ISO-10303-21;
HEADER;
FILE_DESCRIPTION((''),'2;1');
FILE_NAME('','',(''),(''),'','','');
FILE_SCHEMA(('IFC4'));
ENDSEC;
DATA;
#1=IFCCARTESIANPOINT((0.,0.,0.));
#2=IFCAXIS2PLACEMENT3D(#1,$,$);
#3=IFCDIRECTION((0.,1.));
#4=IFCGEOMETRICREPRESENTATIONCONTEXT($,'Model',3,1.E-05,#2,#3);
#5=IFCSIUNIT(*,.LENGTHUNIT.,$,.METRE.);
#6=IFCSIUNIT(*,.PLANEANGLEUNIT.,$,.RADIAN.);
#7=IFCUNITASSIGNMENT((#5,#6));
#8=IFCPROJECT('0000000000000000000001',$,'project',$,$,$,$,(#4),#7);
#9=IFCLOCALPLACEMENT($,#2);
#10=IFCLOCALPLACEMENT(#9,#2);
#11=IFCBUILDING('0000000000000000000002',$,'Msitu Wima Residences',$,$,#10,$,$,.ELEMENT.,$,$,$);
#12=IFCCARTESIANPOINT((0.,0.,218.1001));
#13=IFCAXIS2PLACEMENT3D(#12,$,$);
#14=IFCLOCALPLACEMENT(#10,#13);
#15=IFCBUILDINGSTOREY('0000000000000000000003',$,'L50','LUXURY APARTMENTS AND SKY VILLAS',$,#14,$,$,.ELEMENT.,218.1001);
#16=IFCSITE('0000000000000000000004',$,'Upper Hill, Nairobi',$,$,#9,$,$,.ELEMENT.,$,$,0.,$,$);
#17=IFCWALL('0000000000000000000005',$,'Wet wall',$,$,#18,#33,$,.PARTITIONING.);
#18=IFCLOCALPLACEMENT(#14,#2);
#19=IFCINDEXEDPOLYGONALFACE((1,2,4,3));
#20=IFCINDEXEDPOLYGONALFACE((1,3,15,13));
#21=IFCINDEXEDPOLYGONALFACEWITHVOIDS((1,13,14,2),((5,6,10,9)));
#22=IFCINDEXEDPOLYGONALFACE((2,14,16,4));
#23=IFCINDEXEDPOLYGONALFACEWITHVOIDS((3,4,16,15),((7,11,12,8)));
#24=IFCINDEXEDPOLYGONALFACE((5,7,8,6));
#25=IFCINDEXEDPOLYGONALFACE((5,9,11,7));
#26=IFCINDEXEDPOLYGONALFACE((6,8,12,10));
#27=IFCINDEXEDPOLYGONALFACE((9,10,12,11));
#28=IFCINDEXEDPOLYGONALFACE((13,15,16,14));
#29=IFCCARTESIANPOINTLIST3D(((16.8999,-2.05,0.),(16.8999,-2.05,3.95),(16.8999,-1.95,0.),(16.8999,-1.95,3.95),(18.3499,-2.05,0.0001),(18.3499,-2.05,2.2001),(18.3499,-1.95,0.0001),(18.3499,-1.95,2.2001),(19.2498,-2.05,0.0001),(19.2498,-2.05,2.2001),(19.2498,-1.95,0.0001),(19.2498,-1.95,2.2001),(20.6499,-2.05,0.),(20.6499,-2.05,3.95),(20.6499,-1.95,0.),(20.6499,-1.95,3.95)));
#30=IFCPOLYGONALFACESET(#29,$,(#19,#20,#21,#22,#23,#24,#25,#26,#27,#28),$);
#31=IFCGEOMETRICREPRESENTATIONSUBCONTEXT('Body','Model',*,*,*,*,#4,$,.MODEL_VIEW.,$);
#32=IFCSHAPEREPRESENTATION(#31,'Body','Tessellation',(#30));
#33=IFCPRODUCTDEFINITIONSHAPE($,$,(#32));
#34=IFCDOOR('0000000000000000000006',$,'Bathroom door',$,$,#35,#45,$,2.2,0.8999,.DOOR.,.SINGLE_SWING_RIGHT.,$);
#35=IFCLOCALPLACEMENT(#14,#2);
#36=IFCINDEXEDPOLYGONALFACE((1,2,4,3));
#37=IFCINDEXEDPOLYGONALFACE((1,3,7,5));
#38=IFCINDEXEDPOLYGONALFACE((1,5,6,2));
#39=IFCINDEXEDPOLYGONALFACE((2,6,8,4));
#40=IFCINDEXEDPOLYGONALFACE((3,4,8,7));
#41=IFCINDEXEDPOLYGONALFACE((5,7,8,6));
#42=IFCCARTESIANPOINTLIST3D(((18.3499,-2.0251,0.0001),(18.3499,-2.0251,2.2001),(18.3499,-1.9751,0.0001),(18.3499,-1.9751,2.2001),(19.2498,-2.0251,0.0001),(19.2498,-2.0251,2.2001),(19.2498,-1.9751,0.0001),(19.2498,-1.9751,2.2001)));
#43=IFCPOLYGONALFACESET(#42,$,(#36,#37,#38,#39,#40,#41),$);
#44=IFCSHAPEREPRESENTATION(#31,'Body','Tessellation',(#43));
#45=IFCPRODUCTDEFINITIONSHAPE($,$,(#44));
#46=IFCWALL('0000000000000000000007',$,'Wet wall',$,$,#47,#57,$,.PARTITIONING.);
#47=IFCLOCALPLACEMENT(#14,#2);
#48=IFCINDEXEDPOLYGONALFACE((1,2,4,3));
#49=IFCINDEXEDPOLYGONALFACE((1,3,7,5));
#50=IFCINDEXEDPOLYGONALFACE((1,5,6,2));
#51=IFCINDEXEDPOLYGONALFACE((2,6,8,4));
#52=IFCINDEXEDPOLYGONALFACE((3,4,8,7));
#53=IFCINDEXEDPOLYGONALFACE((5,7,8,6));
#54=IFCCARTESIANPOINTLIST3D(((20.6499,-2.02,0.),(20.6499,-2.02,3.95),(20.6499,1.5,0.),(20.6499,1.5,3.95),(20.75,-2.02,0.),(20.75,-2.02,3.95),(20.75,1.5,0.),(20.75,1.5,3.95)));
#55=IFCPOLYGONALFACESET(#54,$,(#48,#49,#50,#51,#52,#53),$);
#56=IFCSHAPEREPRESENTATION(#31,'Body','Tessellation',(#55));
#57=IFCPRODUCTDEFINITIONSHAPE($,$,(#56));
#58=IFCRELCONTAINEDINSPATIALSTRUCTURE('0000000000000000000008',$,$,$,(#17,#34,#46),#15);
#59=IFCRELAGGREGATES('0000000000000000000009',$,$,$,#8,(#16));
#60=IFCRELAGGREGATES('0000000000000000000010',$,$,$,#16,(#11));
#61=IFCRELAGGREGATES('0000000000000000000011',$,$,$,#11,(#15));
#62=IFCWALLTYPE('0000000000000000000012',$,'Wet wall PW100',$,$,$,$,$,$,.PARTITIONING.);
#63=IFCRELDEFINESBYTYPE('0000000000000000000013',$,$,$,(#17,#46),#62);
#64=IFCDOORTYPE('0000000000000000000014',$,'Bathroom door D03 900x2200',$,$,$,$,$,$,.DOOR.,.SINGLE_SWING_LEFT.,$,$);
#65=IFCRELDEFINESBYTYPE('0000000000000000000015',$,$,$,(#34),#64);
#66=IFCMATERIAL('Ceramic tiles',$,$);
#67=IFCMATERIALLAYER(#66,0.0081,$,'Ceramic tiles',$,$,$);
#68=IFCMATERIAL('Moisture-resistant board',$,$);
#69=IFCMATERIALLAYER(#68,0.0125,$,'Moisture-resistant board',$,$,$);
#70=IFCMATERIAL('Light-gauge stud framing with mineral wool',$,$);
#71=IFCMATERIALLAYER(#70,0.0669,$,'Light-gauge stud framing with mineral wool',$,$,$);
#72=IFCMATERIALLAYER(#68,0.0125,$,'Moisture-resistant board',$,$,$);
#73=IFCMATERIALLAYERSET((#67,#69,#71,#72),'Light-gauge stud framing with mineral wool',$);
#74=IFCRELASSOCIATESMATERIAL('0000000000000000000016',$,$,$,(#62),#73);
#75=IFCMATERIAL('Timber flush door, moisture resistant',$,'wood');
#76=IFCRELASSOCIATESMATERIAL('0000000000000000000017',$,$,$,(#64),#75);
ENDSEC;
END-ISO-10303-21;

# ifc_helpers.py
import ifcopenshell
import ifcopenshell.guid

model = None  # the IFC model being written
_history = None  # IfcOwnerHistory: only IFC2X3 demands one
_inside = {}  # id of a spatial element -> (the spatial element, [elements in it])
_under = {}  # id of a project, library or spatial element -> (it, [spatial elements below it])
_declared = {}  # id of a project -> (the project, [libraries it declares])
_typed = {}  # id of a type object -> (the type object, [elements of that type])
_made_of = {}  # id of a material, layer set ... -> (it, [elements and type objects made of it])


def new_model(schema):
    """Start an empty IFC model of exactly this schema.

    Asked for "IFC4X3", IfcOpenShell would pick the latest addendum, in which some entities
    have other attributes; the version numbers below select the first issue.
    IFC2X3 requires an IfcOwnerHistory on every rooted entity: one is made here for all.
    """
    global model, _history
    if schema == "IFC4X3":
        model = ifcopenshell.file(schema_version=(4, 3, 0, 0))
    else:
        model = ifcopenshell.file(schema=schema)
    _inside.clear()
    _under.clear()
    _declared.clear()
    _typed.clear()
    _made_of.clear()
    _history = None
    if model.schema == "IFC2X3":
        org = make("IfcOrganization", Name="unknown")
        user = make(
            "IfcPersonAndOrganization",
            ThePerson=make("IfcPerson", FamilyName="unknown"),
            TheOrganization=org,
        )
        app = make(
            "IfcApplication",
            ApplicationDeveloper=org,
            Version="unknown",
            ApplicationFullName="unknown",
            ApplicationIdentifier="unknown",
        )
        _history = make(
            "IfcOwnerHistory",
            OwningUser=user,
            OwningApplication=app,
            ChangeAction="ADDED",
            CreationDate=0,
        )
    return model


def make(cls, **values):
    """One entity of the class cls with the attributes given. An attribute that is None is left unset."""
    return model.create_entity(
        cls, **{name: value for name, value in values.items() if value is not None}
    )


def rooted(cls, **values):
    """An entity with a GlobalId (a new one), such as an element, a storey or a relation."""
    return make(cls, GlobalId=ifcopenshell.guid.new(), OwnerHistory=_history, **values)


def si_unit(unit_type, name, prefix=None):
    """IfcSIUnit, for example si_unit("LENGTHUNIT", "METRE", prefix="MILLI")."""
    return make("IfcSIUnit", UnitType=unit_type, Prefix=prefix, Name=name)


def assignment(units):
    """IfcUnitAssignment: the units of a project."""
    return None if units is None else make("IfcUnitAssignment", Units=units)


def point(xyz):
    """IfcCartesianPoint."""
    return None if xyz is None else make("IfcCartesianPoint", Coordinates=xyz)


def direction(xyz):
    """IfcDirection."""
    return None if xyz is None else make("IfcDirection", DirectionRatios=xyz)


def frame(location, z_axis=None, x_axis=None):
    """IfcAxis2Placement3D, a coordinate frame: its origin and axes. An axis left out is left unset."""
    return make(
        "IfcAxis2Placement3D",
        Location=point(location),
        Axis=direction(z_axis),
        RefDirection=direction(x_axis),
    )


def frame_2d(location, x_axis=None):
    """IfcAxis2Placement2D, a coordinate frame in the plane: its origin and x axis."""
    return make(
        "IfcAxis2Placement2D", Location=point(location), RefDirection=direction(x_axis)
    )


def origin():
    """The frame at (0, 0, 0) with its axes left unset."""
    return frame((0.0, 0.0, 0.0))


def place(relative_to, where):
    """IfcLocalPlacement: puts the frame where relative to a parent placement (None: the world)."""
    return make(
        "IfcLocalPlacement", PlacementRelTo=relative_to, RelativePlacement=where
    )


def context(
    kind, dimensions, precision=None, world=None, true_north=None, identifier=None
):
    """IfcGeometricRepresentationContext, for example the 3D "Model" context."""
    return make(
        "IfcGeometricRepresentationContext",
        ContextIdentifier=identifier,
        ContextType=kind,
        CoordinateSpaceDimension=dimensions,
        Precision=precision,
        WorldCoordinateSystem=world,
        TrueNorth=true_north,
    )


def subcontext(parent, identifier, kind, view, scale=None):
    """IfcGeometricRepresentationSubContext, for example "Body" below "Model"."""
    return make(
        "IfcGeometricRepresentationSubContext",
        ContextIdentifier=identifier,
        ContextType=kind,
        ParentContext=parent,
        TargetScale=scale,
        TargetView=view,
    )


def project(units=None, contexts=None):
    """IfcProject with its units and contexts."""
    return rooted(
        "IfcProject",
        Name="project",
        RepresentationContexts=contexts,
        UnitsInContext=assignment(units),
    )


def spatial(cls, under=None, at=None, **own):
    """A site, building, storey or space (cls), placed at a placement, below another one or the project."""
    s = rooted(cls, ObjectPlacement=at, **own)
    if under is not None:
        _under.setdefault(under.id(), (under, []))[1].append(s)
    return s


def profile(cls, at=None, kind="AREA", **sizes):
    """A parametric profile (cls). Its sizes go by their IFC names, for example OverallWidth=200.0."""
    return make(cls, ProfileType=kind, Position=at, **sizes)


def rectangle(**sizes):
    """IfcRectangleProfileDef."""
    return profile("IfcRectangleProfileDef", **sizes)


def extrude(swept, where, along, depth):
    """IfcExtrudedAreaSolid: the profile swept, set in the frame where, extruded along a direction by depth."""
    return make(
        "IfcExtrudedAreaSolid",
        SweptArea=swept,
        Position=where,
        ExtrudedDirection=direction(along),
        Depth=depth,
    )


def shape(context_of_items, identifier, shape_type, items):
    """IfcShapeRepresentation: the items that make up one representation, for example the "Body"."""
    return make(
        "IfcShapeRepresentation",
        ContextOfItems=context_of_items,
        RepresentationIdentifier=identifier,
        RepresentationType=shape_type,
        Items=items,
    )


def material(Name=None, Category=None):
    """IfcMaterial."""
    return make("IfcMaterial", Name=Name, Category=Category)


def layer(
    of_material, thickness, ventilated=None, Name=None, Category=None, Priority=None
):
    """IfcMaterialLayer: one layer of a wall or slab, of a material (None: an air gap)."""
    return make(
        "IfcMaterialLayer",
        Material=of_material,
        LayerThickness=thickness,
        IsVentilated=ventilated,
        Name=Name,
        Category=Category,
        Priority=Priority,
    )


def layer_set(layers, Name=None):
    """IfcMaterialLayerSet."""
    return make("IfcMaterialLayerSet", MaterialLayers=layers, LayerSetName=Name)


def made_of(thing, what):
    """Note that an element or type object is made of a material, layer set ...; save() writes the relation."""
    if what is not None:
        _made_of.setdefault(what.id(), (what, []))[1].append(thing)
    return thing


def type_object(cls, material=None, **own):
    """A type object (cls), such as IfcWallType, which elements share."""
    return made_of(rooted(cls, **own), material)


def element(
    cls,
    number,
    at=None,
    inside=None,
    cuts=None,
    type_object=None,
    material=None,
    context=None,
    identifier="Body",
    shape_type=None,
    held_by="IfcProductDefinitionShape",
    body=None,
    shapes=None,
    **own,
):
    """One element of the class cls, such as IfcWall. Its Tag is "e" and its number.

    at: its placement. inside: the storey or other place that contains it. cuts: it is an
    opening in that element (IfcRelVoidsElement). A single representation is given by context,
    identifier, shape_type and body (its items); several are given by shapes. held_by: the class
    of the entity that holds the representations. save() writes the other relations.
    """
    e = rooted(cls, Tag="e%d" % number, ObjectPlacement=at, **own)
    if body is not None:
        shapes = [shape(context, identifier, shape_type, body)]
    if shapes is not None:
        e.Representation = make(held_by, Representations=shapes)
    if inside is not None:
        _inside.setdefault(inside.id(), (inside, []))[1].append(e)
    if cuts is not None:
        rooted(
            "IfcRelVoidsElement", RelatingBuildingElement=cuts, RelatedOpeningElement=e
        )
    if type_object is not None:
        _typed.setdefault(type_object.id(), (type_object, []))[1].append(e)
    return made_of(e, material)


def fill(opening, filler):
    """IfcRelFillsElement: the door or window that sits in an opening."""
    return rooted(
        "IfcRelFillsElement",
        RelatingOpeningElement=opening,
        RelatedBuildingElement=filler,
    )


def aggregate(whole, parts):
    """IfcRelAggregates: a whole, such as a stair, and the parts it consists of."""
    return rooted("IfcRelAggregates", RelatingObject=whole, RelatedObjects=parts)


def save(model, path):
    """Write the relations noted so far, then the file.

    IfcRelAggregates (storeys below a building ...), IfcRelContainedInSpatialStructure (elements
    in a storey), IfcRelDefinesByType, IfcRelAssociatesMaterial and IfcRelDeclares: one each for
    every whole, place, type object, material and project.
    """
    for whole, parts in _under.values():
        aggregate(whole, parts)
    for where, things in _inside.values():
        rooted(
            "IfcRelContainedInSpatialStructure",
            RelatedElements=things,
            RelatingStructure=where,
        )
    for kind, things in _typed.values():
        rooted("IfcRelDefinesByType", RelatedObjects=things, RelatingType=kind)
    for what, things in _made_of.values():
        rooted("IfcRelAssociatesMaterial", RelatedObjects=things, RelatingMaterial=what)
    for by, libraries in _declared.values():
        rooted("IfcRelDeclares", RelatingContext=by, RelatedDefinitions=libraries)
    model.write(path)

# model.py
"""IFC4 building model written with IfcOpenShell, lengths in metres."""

from ifc_helpers import new_model, si_unit, direction, frame, frame_2d, origin, place, context, subcontext, project, spatial, rectangle, extrude, material, layer, layer_set, type_object, element, fill, save


model = new_model("IFC4")

# Units and contexts
model_context = context("Model", 3, precision=1e-05, world=origin(), true_north=direction((0.0, 1.0)))
body_context = subcontext(model_context, "Body", "Model", "MODEL_VIEW")
ifc_project = project(units=[si_unit("LENGTHUNIT", "METRE"), si_unit("PLANEANGLEUNIT", "RADIAN")], contexts=[model_context])

# Site, building, storey
site_placement = place(None, origin())
site = spatial("IfcSite", under=ifc_project, at=site_placement, Name="Upper Hill, Nairobi", CompositionType="ELEMENT", RefElevation=0.0)
building_placement = place(site_placement, origin())
building = spatial("IfcBuilding", under=site, at=building_placement, Name="Msitu Wima Residences", CompositionType="ELEMENT")
storey_placement = place(building_placement, frame((0.0, 0.0, 218.1001)))
storey = spatial("IfcBuildingStorey", under=building, at=storey_placement, Name="L50", Description="LUXURY APARTMENTS AND SKY VILLAS", CompositionType="ELEMENT", Elevation=218.1001)

# Wall, opening, door
ifc_material_1 = material(Name="Ceramic tiles")
ifc_layer_1 = layer(ifc_material_1, 0.0081, Name="Ceramic tiles")
ifc_material_2 = material(Name="Moisture-resistant board")
ifc_layer_2 = layer(ifc_material_2, 0.0125, Name="Moisture-resistant board")
ifc_material_3 = material(Name="Light-gauge stud framing with mineral wool")
ifc_layer_3 = layer(ifc_material_3, 0.0669, Name="Light-gauge stud framing with mineral wool")
ifc_layer_4 = layer(ifc_material_2, 0.0125, Name="Moisture-resistant board")
ifc_layer_set_1 = layer_set([ifc_layer_1, ifc_layer_2, ifc_layer_3, ifc_layer_4], Name="Light-gauge stud framing with mineral wool")
wall_type_1 = type_object("IfcWallType", Name="Wet wall PW100", PredefinedType="PARTITIONING", material=ifc_layer_set_1)
wall_1_placement = place(storey_placement, frame((16.8999, -2.0, 0.0), z_axis=(0.0, 0.0, 1.0), x_axis=(1.0, 0.0, 0.0)))
wall_1 = element("IfcWall", 1, at=wall_1_placement, inside=storey, type_object=wall_type_1, Name="Wet wall", PredefinedType="PARTITIONING", context=body_context, shape_type="SweptSolid", body=[
    extrude(rectangle(XDim=3.75, YDim=0.1001, at=frame_2d((1.875, 0.0))), origin(), (0.0, 0.0, 1.0), 3.95),
])
opening_1_placement = place(wall_1_placement, frame((1.45, 0.0, 0.0)))
opening_1 = element("IfcOpeningElement", 2, at=opening_1_placement, cuts=wall_1, PredefinedType="OPENING", context=body_context, shape_type="SweptSolid", body=[
    extrude(rectangle(XDim=0.8999, YDim=2.2, at=frame_2d((0.45, 1.1001))), frame((0.0, 0.0601, 0.0), z_axis=(0.0, -1.0, 0.0), x_axis=(1.0, 0.0, 0.0)), (0.0, 0.0, 1.0), 0.1201),
])
ifc_material_4 = material(Name="Timber flush door, moisture resistant", Category="wood")
door_type_1 = type_object("IfcDoorType", Name="Bathroom door D03 900x2200", OperationType="SINGLE_SWING_LEFT", PredefinedType="DOOR", material=ifc_material_4)
door_1_placement = place(opening_1_placement, origin())
door_1 = element("IfcDoor", 3, at=door_1_placement, inside=storey, type_object=door_type_1, Name="Bathroom door", OperationType="SINGLE_SWING_RIGHT", OverallHeight=2.2, OverallWidth=0.8999, PredefinedType="DOOR", context=body_context, shape_type="SweptSolid", body=[
    extrude(rectangle(XDim=0.8999, YDim=2.2, at=frame_2d((0.45, 1.1001))), frame((0.0, 0.0249, 0.0), z_axis=(0.0, -1.0, 0.0), x_axis=(1.0, 0.0, 0.0)), (0.0, 0.0, 1.0), 0.05),
])
fill(opening_1, door_1)

# Wall
wall_2_placement = place(storey_placement, frame((20.7, -2.02, 0.0), z_axis=(0.0, 0.0, 1.0), x_axis=(0.0, 1.0, 0.0)))
element("IfcWall", 4, at=wall_2_placement, inside=storey, type_object=wall_type_1, Name="Wet wall", PredefinedType="PARTITIONING", context=body_context, shape_type="SweptSolid", body=[
    extrude(rectangle(XDim=3.52, YDim=0.1001, at=frame_2d((1.76, 0.0))), origin(), (0.0, 0.0, 1.0), 3.95),
])

save(model, "model.ifc")
